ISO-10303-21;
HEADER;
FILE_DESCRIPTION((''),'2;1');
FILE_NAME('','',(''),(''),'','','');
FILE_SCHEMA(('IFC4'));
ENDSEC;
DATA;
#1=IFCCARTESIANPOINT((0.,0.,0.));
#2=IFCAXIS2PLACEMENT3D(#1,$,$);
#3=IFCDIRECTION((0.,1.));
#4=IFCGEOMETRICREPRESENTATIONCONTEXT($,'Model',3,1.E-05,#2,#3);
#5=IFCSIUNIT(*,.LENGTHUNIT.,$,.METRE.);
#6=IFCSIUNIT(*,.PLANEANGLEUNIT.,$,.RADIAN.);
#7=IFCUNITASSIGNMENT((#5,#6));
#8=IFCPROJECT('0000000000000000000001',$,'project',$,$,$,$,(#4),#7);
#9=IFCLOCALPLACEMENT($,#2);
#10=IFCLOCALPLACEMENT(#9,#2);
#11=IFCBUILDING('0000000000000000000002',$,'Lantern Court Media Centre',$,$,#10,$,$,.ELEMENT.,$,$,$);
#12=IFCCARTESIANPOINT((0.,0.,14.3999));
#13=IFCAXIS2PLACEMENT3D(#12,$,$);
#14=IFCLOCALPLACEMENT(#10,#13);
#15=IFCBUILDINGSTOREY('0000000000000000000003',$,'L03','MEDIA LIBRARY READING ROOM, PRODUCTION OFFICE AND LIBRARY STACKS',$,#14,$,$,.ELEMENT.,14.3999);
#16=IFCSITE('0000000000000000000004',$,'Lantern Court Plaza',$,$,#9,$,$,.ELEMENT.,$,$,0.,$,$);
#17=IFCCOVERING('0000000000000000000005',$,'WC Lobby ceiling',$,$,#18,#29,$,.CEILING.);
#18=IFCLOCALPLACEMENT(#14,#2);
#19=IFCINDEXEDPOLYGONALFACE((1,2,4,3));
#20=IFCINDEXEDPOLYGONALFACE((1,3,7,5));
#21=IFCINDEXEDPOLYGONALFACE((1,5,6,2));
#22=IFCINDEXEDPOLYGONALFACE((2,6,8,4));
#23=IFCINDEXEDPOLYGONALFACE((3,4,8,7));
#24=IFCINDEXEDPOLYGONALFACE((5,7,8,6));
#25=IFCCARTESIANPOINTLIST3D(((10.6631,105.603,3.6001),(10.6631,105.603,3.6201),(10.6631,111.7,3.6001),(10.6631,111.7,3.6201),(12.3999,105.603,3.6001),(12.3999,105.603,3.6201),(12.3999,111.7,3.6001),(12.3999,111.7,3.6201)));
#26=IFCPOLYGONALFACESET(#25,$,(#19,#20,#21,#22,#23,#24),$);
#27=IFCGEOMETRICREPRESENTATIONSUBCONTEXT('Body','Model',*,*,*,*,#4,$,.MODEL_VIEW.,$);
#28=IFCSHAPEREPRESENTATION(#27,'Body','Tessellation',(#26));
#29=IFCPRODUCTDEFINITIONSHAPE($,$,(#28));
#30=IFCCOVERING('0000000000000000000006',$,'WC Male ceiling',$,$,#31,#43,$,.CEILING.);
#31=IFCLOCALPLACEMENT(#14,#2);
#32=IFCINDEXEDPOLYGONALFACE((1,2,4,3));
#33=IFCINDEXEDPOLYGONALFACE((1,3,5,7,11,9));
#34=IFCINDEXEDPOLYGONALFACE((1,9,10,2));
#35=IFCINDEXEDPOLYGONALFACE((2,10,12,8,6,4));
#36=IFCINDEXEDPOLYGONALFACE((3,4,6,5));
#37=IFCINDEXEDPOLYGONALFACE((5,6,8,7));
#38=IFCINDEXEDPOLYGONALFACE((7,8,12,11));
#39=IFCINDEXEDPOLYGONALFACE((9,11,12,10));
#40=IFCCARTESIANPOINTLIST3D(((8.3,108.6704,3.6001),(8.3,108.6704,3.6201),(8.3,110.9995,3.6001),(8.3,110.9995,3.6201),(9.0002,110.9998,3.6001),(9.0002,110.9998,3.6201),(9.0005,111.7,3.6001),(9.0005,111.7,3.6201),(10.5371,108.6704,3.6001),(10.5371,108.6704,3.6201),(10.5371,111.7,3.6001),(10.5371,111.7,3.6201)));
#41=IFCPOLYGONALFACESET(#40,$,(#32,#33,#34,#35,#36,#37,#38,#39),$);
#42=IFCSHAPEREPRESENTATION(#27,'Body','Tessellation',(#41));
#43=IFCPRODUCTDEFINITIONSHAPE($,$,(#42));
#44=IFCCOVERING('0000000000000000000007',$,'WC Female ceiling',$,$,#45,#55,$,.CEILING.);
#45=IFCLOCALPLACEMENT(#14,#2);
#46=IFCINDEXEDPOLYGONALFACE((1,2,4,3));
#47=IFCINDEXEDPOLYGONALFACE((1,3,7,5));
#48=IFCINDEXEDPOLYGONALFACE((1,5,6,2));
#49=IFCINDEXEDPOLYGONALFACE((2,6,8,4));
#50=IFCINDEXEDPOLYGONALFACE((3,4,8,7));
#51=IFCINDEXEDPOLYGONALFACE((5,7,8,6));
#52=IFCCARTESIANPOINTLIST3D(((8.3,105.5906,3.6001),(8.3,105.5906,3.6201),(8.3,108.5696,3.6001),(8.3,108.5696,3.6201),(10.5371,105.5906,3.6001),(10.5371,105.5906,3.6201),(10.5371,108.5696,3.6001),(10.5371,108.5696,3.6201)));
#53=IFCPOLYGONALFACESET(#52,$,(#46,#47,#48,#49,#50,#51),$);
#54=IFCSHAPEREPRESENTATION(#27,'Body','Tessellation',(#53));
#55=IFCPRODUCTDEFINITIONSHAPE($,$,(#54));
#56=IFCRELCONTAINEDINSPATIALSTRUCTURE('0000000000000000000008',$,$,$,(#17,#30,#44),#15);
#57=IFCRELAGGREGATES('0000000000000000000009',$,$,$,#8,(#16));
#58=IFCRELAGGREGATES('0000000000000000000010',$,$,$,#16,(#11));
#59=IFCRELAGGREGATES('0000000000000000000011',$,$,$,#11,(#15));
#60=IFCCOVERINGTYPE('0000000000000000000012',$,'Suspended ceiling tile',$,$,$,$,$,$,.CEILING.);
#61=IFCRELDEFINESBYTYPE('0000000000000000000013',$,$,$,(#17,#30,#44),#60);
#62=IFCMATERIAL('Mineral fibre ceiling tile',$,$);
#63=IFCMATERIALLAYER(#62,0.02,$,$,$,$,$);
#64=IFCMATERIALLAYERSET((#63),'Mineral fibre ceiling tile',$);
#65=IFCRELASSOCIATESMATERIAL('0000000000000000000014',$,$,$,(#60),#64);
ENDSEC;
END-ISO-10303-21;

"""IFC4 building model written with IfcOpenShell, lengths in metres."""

from ifc_helpers import new_model, si_unit, direction, frame, origin, place, context, subcontext, project, spatial, polyline, outline, extrude, material, layer, layer_set, type_object, element, save


model = new_model("IFC4")

# Units and contexts
model_context = context("Model", 3, precision=1e-05, world=origin(), true_north=direction((0.0, 1.0)))
body_context = subcontext(model_context, "Body", "Model", "MODEL_VIEW")
ifc_project = project(units=[si_unit("LENGTHUNIT", "METRE"), si_unit("PLANEANGLEUNIT", "RADIAN")], contexts=[model_context])

# Site, building, storey
site_placement = place(None, origin())
site = spatial("IfcSite", under=ifc_project, at=site_placement, Name="Lantern Court Plaza", CompositionType="ELEMENT", RefElevation=0.0)
building_placement = place(site_placement, origin())
building = spatial("IfcBuilding", under=site, at=building_placement, Name="Lantern Court Media Centre", CompositionType="ELEMENT")
storey_placement = place(building_placement, frame((0.0, 0.0, 14.3999)))
storey = spatial("IfcBuildingStorey", under=building, at=storey_placement, Name="L03", Description="MEDIA LIBRARY READING ROOM, PRODUCTION OFFICE AND LIBRARY STACKS", CompositionType="ELEMENT", Elevation=14.3999)

# Coverings
ifc_material = material(Name="Mineral fibre ceiling tile")
ifc_layer = layer(ifc_material, 0.02)
ifc_layer_set = layer_set([ifc_layer], Name="Mineral fibre ceiling tile")
covering_type = type_object("IfcCoveringType", Name="Suspended ceiling tile", PredefinedType="CEILING", material=ifc_layer_set)
covering_1_placement = place(storey_placement, frame((0.0, 0.0, 3.6001)))
element("IfcCovering", 1, at=covering_1_placement, inside=storey, type_object=covering_type, Name="WC Lobby ceiling", PredefinedType="CEILING", context=body_context, shape_type="SweptSolid", body=[
    extrude(outline(polyline([(12.3999, 111.7), (12.3999, 105.603), (10.6631, 105.603), (10.6631, 111.7), (12.3999, 111.7)])), origin(), (0.0, 0.0, 1.0), 0.02),
])
covering_2_placement = place(storey_placement, frame((0.0, 0.0, 3.6001)))
element("IfcCovering", 2, at=covering_2_placement, inside=storey, type_object=covering_type, Name="WC Male ceiling", PredefinedType="CEILING", context=body_context, shape_type="SweptSolid", body=[
    extrude(outline(polyline([(10.5371, 111.7), (10.5371, 108.6704), (8.3, 108.6704), (8.3, 110.9995), (9.0002, 110.9998), (9.0005, 111.7), (10.5371, 111.7)])), origin(), (0.0, 0.0, 1.0), 0.02),
])
covering_3_placement = place(storey_placement, frame((0.0, 0.0, 3.6001)))
element("IfcCovering", 3, at=covering_3_placement, inside=storey, type_object=covering_type, Name="WC Female ceiling", PredefinedType="CEILING", context=body_context, shape_type="SweptSolid", body=[
    extrude(outline(polyline([(8.3, 108.5696), (10.5371, 108.5696), (10.5371, 105.5906), (8.3, 105.5906), (8.3, 108.5696)])), origin(), (0.0, 0.0, 1.0), 0.02),
])

save(model, "model.ifc")
